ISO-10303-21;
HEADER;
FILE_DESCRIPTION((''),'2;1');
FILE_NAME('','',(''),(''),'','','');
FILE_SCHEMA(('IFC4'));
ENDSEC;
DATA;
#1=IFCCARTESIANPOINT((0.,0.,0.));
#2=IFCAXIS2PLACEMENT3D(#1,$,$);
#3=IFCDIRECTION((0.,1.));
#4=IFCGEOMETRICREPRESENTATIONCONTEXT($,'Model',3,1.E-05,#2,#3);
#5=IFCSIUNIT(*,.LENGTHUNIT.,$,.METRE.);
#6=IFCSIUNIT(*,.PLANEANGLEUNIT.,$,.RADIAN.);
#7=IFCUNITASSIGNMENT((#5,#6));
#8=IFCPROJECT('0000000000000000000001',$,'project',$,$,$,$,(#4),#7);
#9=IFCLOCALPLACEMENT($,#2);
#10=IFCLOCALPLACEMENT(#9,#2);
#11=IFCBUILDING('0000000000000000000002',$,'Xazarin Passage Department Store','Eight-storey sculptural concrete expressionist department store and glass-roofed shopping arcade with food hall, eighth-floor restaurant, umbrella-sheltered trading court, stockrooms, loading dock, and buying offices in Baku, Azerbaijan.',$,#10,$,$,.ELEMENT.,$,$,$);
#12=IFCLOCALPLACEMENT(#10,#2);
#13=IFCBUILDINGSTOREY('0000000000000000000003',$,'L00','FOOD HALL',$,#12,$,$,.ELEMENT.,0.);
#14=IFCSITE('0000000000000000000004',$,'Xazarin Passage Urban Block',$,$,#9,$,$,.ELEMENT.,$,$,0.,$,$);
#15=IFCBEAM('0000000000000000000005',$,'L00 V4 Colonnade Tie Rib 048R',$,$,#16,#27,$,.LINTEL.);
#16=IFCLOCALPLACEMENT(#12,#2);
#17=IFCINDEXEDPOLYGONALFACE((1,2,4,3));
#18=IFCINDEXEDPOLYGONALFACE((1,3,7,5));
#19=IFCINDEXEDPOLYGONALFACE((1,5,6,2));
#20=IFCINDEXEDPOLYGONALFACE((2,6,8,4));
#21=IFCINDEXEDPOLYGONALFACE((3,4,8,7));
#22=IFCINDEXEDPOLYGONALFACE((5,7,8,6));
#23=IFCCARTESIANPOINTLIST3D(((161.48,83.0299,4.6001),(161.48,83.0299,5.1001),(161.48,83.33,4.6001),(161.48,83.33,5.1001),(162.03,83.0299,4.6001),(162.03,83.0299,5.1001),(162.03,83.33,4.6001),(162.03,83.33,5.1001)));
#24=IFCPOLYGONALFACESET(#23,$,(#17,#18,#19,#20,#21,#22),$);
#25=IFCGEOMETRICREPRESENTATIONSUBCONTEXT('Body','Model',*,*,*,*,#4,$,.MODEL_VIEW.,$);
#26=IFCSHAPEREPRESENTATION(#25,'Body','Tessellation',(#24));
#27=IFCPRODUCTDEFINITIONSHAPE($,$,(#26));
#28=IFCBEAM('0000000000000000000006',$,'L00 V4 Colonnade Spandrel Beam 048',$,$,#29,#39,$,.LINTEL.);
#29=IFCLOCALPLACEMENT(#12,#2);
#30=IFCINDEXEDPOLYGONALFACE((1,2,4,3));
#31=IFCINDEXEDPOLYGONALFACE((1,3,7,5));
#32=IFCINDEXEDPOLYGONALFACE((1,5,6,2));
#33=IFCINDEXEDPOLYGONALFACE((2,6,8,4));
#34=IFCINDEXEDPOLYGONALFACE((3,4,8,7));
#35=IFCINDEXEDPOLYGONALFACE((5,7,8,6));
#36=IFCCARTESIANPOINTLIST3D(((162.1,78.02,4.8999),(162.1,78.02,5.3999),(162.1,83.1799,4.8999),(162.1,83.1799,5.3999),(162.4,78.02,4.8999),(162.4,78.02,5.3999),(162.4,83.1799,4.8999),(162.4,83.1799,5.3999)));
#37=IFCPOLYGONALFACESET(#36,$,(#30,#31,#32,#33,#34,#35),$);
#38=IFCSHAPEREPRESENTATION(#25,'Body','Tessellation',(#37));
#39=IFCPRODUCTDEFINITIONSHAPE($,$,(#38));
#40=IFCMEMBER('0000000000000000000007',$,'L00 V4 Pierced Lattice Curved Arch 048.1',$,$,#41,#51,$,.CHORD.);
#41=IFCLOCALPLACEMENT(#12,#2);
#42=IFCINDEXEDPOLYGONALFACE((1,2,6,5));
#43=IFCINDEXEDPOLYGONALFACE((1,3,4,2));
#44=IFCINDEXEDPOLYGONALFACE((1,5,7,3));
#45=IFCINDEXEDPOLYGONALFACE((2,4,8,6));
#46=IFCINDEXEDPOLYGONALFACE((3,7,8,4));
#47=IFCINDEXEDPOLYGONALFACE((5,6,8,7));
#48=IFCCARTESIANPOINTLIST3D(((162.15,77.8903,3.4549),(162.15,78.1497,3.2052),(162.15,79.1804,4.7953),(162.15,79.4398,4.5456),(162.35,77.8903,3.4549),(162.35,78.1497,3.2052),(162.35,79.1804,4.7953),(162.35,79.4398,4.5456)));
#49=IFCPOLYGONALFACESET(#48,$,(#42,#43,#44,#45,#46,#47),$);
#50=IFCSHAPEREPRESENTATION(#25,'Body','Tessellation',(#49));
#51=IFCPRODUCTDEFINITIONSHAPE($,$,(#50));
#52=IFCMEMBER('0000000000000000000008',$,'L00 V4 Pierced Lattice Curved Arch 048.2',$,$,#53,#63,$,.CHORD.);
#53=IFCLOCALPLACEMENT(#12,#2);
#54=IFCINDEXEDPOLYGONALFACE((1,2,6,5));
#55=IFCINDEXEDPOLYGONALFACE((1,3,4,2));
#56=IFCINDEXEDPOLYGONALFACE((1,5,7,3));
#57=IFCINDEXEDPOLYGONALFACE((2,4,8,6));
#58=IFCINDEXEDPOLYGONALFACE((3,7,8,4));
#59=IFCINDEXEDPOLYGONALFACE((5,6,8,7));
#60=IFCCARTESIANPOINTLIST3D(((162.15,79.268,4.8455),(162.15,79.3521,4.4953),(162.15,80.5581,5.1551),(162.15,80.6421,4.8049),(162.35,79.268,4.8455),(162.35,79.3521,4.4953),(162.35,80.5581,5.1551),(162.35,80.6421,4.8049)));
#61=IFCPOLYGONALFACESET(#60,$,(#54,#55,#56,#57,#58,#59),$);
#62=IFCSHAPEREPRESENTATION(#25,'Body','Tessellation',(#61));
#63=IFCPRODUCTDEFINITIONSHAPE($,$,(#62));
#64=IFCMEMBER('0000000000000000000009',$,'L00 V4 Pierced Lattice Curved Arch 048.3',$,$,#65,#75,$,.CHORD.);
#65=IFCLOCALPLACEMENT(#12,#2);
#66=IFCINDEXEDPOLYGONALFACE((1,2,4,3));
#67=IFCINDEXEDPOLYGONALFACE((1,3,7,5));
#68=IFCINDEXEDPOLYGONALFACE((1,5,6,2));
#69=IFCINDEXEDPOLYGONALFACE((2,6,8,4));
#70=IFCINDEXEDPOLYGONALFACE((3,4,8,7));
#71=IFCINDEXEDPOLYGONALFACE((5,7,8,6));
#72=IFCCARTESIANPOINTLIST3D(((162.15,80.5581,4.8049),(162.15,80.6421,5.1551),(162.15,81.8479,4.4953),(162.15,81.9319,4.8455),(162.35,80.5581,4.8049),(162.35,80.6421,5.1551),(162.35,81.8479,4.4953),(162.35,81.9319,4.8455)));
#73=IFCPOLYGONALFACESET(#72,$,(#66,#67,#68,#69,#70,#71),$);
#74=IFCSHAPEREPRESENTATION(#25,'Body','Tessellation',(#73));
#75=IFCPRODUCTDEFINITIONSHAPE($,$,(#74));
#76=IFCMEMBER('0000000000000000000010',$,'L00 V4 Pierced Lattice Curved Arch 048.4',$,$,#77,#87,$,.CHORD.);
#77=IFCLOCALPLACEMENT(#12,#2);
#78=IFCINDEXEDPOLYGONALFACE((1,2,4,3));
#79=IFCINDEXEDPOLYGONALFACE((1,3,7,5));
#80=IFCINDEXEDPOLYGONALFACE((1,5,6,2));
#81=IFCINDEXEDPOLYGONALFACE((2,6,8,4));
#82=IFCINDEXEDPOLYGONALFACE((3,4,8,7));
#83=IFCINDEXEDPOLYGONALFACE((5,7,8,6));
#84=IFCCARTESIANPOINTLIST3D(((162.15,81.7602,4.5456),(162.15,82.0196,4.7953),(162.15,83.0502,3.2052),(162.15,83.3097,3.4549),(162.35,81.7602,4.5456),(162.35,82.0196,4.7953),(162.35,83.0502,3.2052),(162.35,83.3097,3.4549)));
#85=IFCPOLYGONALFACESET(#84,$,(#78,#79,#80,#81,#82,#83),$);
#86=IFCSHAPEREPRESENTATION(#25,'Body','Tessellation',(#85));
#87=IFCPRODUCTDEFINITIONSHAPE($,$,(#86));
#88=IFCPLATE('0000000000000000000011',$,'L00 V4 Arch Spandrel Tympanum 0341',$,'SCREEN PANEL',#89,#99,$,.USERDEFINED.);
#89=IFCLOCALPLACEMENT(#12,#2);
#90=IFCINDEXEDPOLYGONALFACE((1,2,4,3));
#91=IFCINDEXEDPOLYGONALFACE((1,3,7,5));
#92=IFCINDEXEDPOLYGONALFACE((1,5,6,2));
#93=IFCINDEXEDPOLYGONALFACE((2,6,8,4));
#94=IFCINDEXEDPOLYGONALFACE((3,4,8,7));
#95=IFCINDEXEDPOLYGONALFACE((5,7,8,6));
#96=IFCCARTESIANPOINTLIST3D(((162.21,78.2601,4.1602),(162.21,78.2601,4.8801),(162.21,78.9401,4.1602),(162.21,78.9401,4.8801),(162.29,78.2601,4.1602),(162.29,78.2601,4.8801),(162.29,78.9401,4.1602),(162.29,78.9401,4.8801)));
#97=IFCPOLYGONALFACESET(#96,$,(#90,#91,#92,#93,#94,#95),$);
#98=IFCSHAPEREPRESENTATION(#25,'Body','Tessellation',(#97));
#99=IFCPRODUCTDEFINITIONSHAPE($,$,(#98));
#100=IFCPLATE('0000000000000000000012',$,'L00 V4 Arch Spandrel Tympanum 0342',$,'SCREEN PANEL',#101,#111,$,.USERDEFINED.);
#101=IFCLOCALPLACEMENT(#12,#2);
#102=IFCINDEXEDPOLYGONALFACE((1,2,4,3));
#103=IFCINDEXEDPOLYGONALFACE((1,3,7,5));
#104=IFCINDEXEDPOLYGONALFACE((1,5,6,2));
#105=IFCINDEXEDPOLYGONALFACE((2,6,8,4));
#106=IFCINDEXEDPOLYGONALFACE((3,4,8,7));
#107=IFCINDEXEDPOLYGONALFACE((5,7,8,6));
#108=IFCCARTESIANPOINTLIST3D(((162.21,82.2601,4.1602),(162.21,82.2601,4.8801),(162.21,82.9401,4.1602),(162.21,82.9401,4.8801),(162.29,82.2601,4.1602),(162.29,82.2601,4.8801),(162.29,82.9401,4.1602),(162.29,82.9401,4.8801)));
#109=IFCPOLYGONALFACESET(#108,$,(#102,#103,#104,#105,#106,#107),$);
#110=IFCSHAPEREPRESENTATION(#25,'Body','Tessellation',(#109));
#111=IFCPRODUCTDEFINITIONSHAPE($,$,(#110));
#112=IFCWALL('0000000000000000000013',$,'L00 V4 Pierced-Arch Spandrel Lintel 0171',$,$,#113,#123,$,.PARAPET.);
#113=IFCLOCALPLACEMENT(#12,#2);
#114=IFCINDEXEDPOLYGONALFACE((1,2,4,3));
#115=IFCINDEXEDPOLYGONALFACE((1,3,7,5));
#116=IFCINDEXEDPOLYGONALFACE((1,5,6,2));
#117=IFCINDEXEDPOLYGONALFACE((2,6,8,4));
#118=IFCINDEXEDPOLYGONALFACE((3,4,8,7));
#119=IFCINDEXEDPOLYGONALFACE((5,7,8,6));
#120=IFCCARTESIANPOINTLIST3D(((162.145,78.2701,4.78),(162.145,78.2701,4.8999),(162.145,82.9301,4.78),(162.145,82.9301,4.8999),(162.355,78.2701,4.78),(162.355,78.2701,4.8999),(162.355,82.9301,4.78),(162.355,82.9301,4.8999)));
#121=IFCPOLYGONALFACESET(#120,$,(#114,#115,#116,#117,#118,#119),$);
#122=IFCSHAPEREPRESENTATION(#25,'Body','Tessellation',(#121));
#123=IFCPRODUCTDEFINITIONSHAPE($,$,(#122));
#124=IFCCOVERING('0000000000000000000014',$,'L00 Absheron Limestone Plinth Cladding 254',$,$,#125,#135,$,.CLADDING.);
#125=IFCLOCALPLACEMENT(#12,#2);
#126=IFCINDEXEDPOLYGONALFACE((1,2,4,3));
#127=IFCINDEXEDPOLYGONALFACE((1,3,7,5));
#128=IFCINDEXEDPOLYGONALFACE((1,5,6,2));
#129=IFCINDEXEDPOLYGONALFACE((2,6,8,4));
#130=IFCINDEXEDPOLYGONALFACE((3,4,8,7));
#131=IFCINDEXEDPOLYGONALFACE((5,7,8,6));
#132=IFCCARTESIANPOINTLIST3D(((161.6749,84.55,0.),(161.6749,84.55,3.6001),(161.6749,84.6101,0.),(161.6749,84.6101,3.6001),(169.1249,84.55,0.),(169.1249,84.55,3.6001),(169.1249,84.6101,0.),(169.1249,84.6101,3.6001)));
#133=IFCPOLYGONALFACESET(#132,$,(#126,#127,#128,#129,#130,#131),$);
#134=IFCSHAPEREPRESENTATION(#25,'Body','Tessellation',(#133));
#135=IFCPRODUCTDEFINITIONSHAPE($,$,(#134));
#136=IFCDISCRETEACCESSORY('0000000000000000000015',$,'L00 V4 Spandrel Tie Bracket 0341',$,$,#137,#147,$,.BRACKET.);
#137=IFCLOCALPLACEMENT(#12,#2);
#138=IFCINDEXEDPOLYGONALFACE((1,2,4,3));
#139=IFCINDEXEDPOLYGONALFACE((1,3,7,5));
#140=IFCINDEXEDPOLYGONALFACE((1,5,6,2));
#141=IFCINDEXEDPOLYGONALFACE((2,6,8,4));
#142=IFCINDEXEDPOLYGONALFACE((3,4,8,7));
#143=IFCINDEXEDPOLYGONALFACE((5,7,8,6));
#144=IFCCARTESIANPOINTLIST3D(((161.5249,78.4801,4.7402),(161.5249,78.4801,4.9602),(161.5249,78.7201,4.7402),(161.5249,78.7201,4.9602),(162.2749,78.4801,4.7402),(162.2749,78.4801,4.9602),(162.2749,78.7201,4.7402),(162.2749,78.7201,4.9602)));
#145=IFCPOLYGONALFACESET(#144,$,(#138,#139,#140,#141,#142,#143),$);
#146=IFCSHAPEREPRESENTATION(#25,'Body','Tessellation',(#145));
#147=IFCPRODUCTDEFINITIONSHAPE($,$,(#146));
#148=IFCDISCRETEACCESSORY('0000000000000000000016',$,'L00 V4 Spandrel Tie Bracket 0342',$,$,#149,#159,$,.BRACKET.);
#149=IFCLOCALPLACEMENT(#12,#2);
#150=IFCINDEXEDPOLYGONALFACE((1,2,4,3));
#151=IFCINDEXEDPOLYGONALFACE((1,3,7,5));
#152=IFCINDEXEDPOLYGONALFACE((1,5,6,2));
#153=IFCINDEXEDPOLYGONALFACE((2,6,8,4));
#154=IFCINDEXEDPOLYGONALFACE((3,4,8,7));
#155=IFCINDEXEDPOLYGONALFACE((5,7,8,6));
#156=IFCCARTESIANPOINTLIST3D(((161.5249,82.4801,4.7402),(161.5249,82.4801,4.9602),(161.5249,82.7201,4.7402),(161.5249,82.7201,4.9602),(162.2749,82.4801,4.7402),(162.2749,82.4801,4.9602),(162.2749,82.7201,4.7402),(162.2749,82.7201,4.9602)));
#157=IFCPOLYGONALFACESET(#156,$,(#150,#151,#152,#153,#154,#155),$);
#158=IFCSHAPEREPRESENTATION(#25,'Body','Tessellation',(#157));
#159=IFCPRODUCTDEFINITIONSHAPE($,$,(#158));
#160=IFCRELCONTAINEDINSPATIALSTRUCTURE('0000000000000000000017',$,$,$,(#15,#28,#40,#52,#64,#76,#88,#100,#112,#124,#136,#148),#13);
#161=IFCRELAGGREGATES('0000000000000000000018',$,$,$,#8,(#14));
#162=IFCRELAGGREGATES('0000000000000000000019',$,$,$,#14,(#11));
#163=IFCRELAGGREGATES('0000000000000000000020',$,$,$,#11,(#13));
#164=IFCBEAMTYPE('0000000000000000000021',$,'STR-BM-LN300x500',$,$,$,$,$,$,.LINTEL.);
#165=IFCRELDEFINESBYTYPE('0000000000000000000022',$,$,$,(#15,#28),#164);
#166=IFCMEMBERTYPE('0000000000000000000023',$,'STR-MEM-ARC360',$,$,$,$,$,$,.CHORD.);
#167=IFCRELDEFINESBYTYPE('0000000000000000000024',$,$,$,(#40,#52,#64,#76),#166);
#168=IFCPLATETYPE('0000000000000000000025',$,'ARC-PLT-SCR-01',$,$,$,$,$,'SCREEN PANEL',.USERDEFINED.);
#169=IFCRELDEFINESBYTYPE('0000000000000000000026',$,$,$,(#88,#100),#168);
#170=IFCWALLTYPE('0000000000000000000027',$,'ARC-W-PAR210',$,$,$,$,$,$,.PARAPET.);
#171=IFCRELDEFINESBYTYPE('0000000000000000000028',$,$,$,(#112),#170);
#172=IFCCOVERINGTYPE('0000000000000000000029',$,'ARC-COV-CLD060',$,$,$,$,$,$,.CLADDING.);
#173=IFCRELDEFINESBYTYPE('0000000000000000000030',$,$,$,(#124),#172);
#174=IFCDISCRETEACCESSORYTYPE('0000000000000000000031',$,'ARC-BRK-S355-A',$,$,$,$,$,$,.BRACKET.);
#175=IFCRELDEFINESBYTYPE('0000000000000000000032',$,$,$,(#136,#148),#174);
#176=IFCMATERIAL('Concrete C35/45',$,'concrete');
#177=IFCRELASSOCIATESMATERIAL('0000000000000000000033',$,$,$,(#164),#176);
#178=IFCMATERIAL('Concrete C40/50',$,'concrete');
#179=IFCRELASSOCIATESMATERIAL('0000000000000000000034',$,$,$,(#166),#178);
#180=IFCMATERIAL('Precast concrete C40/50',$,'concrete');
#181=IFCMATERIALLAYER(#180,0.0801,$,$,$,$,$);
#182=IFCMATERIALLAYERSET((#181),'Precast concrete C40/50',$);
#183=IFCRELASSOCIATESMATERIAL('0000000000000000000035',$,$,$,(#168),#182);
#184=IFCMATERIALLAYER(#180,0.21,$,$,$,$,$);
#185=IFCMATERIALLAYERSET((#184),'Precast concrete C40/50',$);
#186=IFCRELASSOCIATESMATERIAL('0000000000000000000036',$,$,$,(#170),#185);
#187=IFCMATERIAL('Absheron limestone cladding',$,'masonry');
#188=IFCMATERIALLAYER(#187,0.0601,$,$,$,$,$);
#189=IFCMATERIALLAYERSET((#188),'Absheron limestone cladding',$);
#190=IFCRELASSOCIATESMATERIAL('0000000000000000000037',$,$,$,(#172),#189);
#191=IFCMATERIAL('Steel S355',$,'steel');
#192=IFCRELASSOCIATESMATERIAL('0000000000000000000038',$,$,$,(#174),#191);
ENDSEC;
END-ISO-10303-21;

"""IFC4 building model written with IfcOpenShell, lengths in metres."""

from ifc_helpers import new_model, si_unit, direction, frame, frame_2d, origin, origin_2d, place, context, subcontext, project, spatial, rectangle, extrude, material, layer, layer_set, material_profile, profile_set, type_object, element, save


model = new_model("IFC4")

# Units and contexts
model_context = context("Model", 3, precision=1e-05, world=origin(), true_north=direction((0.0, 1.0)))
body_context = subcontext(model_context, "Body", "Model", "MODEL_VIEW")
ifc_project = project(units=[si_unit("LENGTHUNIT", "METRE"), si_unit("PLANEANGLEUNIT", "RADIAN")], contexts=[model_context])

# Site, building, storey
site_placement = place(None, origin())
site = spatial("IfcSite", under=ifc_project, at=site_placement, Name="Xazarin Passage Urban Block", CompositionType="ELEMENT", RefElevation=0.0)
building_placement = place(site_placement, origin())
building = spatial("IfcBuilding", under=site, at=building_placement, Name="Xazarin Passage Department Store", Description="Eight-storey sculptural concrete expressionist department store and glass-roofed shopping arcade with food hall, eighth-floor restaurant, umbrella-sheltered trading court, stockrooms, loading dock, and buying offices in Baku, Azerbaijan.", CompositionType="ELEMENT")
storey_placement = place(building_placement, origin())
storey = spatial("IfcBuildingStorey", under=building, at=storey_placement, Name="L00", Description="FOOD HALL", CompositionType="ELEMENT", Elevation=0.0)

# Shared definitions
ifc_material_1 = material(Name="Concrete C35/45", Category="concrete")

# Shared definitions
ifc_material_2 = material(Name="Concrete C40/50", Category="concrete")

# Beams
ifc_material_profile_1 = material_profile(ifc_material_1, rectangle(XDim=0.3, YDim=0.5, at=origin_2d()), Name="RC 300x500")
ifc_profile_set_1 = profile_set([ifc_material_profile_1], Name="Concrete C35/45")
beam_type = type_object("IfcBeamType", Name="STR-BM-LN300x500", PredefinedType="LINTEL", material=ifc_profile_set_1)
for number, where, z_axis, x_axis, name in (
    (1, (161.48, 83.1799, 4.8501), (1.0, 0.0, 0.0), (0.0, 1.0, 0.0), "L00 V4 Colonnade Tie Rib 048R"),
):
    element("IfcBeam", number, at=place(storey_placement, frame(where, z_axis=z_axis, x_axis=x_axis)), inside=storey, type_object=beam_type, Name=name, PredefinedType="LINTEL", context=body_context, shape_type="SweptSolid", body=[
        extrude(rectangle(XDim=0.3, YDim=0.5, at=origin_2d()), origin(), (0.0, 0.0, 1.0), 0.55),
    ])
beam_placement = place(storey_placement, frame((162.25, 78.02, 5.1499), z_axis=(0.0, 1.0, 0.0), x_axis=(-1.0, 0.0, 0.0)))
element("IfcBeam", 2, at=beam_placement, inside=storey, type_object=beam_type, Name="L00 V4 Colonnade Spandrel Beam 048", PredefinedType="LINTEL", context=body_context, shape_type="SweptSolid", body=[
    extrude(rectangle(XDim=0.3, YDim=0.5, at=origin_2d()), origin(), (0.0, 0.0, 1.0), 5.1599),
])

# Members
ifc_material_profile_2 = material_profile(ifc_material_2, rectangle(XDim=0.2, YDim=0.3601, at=origin_2d()), Name="RC 200x360")
ifc_profile_set_2 = profile_set([ifc_material_profile_2], Name="Concrete C40/50")
member_type = type_object("IfcMemberType", Name="STR-MEM-ARC360", PredefinedType="CHORD", material=ifc_profile_set_2)
member_1_placement = place(storey_placement, frame((162.25, 78.02, 3.3301), z_axis=(0.0, 0.69346, 0.720495), x_axis=(-1.0, 0.0, 0.0)))
element("IfcMember", 3, at=member_1_placement, inside=storey, type_object=member_type, Name="L00 V4 Pierced Lattice Curved Arch 048.1", PredefinedType="CHORD", context=body_context, shape_type="SweptSolid", body=[
    extrude(rectangle(XDim=0.2, YDim=0.3601, at=origin_2d()), origin(), (0.0, 0.0, 1.0), 1.8604),
])
member_2_placement = place(storey_placement, frame((162.25, 79.3101, 4.6704), z_axis=(0.0, 0.972394, 0.233345), x_axis=(-1.0, 0.0, 0.0)))
element("IfcMember", 4, at=member_2_placement, inside=storey, type_object=member_type, Name="L00 V4 Pierced Lattice Curved Arch 048.2", PredefinedType="CHORD", context=body_context, shape_type="SweptSolid", body=[
    extrude(rectangle(XDim=0.2, YDim=0.3601, at=origin_2d()), origin(), (0.0, 0.0, 1.0), 1.3267),
])
member_3_placement = place(storey_placement, frame((162.25, 80.6001, 4.98), z_axis=(0.0, 0.972384, -0.233387), x_axis=(-1.0, 0.0, 0.0)))
element("IfcMember", 5, at=member_3_placement, inside=storey, type_object=member_type, Name="L00 V4 Pierced Lattice Curved Arch 048.3", PredefinedType="CHORD", context=body_context, shape_type="SweptSolid", body=[
    extrude(rectangle(XDim=0.2, YDim=0.3601, at=origin_2d()), origin(), (0.0, 0.0, 1.0), 1.3264),
])
member_4_placement = place(storey_placement, frame((162.25, 81.8899, 4.6704), z_axis=(0.0, 0.69346, -0.720495), x_axis=(-1.0, 0.0, 0.0)))
element("IfcMember", 6, at=member_4_placement, inside=storey, type_object=member_type, Name="L00 V4 Pierced Lattice Curved Arch 048.4", PredefinedType="CHORD", context=body_context, shape_type="SweptSolid", body=[
    extrude(rectangle(XDim=0.2, YDim=0.3601, at=origin_2d()), origin(), (0.0, 0.0, 1.0), 1.8604),
])

# Plates
ifc_material_3 = material(Name="Precast concrete C40/50", Category="concrete")
ifc_layer_1 = layer(ifc_material_3, 0.0801)
ifc_layer_set_1 = layer_set([ifc_layer_1], Name="Precast concrete C40/50")
plate_type = type_object("IfcPlateType", Name="ARC-PLT-SCR-01", ElementType="SCREEN PANEL", PredefinedType="USERDEFINED", material=ifc_layer_set_1)
for number, where, z_axis, x_axis, name in (
    (7, (162.25, 78.6001, 4.1602), (0.0, 0.0, 1.0), (0.0, 1.0, 0.0), "L00 V4 Arch Spandrel Tympanum 0341"),
    (8, (162.25, 82.6001, 4.1602), (0.0, 0.0, 1.0), (0.0, 1.0, 0.0), "L00 V4 Arch Spandrel Tympanum 0342"),
):
    element("IfcPlate", number, at=place(storey_placement, frame(where, z_axis=z_axis, x_axis=x_axis)), inside=storey, type_object=plate_type, Name=name, ObjectType="SCREEN PANEL", PredefinedType="USERDEFINED", context=body_context, shape_type="SweptSolid", body=[
        extrude(rectangle(XDim=0.6799, YDim=0.0801, at=origin_2d()), origin(), (0.0, 0.0, 1.0), 0.72),
    ])

# Shared definitions
ifc_material_4 = material(Name="Steel S355", Category="steel")

# Wall
ifc_layer_2 = layer(ifc_material_3, 0.21)
ifc_layer_set_2 = layer_set([ifc_layer_2], Name="Precast concrete C40/50")
wall_type_1 = type_object("IfcWallType", Name="ARC-W-PAR210", PredefinedType="PARAPET", material=ifc_layer_set_2)
wall_1_placement = place(storey_placement, frame((162.25, 78.27, 4.78), z_axis=(0.0, 0.0, 1.0), x_axis=(0.0, 1.0, 0.0)))
element("IfcWall", 9, at=wall_1_placement, inside=storey, type_object=wall_type_1, Name="L00 V4 Pierced-Arch Spandrel Lintel 0171", PredefinedType="PARAPET", context=body_context, shape_type="SweptSolid", body=[
    extrude(rectangle(XDim=4.6599, YDim=0.21, at=frame_2d((2.3301, 0.0))), origin(), (0.0, 0.0, 1.0), 0.1199),
])

# Covering
ifc_material_5 = material(Name="Absheron limestone cladding", Category="masonry")
ifc_layer_3 = layer(ifc_material_5, 0.0601)
ifc_layer_set_3 = layer_set([ifc_layer_3], Name="Absheron limestone cladding")
covering_type = type_object("IfcCoveringType", Name="ARC-COV-CLD060", PredefinedType="CLADDING", material=ifc_layer_set_3)
covering_placement = place(storey_placement, frame((165.3999, 84.5801, 0.0), z_axis=(0.0, 0.0, 1.0), x_axis=(1.0, 0.0, 0.0)))
element("IfcCovering", 10, at=covering_placement, inside=storey, type_object=covering_type, Name="L00 Absheron Limestone Plinth Cladding 254", PredefinedType="CLADDING", context=body_context, shape_type="SweptSolid", body=[
    extrude(rectangle(XDim=7.45, YDim=0.0601, at=origin_2d()), origin(), (0.0, 0.0, 1.0), 3.6001),
])

# Discrete accessories
discrete_accessory_type = type_object("IfcDiscreteAccessoryType", Name="ARC-BRK-S355-A", PredefinedType="BRACKET", material=ifc_material_4)
for number, where, z_axis, x_axis, name in (
    (11, (161.8999, 78.6001, 4.7402), (0.0, 0.0, 1.0), (0.0, 1.0, 0.0), "L00 V4 Spandrel Tie Bracket 0341"),
    (12, (161.8999, 82.6001, 4.7402), (0.0, 0.0, 1.0), (0.0, 1.0, 0.0), "L00 V4 Spandrel Tie Bracket 0342"),
):
    element("IfcDiscreteAccessory", number, at=place(storey_placement, frame(where, z_axis=z_axis, x_axis=x_axis)), inside=storey, type_object=discrete_accessory_type, Name=name, PredefinedType="BRACKET", context=body_context, shape_type="SweptSolid", body=[
        extrude(rectangle(XDim=0.24, YDim=0.75, at=origin_2d()), origin(), (0.0, 0.0, 1.0), 0.22),
    ])

save(model, "model.ifc")
